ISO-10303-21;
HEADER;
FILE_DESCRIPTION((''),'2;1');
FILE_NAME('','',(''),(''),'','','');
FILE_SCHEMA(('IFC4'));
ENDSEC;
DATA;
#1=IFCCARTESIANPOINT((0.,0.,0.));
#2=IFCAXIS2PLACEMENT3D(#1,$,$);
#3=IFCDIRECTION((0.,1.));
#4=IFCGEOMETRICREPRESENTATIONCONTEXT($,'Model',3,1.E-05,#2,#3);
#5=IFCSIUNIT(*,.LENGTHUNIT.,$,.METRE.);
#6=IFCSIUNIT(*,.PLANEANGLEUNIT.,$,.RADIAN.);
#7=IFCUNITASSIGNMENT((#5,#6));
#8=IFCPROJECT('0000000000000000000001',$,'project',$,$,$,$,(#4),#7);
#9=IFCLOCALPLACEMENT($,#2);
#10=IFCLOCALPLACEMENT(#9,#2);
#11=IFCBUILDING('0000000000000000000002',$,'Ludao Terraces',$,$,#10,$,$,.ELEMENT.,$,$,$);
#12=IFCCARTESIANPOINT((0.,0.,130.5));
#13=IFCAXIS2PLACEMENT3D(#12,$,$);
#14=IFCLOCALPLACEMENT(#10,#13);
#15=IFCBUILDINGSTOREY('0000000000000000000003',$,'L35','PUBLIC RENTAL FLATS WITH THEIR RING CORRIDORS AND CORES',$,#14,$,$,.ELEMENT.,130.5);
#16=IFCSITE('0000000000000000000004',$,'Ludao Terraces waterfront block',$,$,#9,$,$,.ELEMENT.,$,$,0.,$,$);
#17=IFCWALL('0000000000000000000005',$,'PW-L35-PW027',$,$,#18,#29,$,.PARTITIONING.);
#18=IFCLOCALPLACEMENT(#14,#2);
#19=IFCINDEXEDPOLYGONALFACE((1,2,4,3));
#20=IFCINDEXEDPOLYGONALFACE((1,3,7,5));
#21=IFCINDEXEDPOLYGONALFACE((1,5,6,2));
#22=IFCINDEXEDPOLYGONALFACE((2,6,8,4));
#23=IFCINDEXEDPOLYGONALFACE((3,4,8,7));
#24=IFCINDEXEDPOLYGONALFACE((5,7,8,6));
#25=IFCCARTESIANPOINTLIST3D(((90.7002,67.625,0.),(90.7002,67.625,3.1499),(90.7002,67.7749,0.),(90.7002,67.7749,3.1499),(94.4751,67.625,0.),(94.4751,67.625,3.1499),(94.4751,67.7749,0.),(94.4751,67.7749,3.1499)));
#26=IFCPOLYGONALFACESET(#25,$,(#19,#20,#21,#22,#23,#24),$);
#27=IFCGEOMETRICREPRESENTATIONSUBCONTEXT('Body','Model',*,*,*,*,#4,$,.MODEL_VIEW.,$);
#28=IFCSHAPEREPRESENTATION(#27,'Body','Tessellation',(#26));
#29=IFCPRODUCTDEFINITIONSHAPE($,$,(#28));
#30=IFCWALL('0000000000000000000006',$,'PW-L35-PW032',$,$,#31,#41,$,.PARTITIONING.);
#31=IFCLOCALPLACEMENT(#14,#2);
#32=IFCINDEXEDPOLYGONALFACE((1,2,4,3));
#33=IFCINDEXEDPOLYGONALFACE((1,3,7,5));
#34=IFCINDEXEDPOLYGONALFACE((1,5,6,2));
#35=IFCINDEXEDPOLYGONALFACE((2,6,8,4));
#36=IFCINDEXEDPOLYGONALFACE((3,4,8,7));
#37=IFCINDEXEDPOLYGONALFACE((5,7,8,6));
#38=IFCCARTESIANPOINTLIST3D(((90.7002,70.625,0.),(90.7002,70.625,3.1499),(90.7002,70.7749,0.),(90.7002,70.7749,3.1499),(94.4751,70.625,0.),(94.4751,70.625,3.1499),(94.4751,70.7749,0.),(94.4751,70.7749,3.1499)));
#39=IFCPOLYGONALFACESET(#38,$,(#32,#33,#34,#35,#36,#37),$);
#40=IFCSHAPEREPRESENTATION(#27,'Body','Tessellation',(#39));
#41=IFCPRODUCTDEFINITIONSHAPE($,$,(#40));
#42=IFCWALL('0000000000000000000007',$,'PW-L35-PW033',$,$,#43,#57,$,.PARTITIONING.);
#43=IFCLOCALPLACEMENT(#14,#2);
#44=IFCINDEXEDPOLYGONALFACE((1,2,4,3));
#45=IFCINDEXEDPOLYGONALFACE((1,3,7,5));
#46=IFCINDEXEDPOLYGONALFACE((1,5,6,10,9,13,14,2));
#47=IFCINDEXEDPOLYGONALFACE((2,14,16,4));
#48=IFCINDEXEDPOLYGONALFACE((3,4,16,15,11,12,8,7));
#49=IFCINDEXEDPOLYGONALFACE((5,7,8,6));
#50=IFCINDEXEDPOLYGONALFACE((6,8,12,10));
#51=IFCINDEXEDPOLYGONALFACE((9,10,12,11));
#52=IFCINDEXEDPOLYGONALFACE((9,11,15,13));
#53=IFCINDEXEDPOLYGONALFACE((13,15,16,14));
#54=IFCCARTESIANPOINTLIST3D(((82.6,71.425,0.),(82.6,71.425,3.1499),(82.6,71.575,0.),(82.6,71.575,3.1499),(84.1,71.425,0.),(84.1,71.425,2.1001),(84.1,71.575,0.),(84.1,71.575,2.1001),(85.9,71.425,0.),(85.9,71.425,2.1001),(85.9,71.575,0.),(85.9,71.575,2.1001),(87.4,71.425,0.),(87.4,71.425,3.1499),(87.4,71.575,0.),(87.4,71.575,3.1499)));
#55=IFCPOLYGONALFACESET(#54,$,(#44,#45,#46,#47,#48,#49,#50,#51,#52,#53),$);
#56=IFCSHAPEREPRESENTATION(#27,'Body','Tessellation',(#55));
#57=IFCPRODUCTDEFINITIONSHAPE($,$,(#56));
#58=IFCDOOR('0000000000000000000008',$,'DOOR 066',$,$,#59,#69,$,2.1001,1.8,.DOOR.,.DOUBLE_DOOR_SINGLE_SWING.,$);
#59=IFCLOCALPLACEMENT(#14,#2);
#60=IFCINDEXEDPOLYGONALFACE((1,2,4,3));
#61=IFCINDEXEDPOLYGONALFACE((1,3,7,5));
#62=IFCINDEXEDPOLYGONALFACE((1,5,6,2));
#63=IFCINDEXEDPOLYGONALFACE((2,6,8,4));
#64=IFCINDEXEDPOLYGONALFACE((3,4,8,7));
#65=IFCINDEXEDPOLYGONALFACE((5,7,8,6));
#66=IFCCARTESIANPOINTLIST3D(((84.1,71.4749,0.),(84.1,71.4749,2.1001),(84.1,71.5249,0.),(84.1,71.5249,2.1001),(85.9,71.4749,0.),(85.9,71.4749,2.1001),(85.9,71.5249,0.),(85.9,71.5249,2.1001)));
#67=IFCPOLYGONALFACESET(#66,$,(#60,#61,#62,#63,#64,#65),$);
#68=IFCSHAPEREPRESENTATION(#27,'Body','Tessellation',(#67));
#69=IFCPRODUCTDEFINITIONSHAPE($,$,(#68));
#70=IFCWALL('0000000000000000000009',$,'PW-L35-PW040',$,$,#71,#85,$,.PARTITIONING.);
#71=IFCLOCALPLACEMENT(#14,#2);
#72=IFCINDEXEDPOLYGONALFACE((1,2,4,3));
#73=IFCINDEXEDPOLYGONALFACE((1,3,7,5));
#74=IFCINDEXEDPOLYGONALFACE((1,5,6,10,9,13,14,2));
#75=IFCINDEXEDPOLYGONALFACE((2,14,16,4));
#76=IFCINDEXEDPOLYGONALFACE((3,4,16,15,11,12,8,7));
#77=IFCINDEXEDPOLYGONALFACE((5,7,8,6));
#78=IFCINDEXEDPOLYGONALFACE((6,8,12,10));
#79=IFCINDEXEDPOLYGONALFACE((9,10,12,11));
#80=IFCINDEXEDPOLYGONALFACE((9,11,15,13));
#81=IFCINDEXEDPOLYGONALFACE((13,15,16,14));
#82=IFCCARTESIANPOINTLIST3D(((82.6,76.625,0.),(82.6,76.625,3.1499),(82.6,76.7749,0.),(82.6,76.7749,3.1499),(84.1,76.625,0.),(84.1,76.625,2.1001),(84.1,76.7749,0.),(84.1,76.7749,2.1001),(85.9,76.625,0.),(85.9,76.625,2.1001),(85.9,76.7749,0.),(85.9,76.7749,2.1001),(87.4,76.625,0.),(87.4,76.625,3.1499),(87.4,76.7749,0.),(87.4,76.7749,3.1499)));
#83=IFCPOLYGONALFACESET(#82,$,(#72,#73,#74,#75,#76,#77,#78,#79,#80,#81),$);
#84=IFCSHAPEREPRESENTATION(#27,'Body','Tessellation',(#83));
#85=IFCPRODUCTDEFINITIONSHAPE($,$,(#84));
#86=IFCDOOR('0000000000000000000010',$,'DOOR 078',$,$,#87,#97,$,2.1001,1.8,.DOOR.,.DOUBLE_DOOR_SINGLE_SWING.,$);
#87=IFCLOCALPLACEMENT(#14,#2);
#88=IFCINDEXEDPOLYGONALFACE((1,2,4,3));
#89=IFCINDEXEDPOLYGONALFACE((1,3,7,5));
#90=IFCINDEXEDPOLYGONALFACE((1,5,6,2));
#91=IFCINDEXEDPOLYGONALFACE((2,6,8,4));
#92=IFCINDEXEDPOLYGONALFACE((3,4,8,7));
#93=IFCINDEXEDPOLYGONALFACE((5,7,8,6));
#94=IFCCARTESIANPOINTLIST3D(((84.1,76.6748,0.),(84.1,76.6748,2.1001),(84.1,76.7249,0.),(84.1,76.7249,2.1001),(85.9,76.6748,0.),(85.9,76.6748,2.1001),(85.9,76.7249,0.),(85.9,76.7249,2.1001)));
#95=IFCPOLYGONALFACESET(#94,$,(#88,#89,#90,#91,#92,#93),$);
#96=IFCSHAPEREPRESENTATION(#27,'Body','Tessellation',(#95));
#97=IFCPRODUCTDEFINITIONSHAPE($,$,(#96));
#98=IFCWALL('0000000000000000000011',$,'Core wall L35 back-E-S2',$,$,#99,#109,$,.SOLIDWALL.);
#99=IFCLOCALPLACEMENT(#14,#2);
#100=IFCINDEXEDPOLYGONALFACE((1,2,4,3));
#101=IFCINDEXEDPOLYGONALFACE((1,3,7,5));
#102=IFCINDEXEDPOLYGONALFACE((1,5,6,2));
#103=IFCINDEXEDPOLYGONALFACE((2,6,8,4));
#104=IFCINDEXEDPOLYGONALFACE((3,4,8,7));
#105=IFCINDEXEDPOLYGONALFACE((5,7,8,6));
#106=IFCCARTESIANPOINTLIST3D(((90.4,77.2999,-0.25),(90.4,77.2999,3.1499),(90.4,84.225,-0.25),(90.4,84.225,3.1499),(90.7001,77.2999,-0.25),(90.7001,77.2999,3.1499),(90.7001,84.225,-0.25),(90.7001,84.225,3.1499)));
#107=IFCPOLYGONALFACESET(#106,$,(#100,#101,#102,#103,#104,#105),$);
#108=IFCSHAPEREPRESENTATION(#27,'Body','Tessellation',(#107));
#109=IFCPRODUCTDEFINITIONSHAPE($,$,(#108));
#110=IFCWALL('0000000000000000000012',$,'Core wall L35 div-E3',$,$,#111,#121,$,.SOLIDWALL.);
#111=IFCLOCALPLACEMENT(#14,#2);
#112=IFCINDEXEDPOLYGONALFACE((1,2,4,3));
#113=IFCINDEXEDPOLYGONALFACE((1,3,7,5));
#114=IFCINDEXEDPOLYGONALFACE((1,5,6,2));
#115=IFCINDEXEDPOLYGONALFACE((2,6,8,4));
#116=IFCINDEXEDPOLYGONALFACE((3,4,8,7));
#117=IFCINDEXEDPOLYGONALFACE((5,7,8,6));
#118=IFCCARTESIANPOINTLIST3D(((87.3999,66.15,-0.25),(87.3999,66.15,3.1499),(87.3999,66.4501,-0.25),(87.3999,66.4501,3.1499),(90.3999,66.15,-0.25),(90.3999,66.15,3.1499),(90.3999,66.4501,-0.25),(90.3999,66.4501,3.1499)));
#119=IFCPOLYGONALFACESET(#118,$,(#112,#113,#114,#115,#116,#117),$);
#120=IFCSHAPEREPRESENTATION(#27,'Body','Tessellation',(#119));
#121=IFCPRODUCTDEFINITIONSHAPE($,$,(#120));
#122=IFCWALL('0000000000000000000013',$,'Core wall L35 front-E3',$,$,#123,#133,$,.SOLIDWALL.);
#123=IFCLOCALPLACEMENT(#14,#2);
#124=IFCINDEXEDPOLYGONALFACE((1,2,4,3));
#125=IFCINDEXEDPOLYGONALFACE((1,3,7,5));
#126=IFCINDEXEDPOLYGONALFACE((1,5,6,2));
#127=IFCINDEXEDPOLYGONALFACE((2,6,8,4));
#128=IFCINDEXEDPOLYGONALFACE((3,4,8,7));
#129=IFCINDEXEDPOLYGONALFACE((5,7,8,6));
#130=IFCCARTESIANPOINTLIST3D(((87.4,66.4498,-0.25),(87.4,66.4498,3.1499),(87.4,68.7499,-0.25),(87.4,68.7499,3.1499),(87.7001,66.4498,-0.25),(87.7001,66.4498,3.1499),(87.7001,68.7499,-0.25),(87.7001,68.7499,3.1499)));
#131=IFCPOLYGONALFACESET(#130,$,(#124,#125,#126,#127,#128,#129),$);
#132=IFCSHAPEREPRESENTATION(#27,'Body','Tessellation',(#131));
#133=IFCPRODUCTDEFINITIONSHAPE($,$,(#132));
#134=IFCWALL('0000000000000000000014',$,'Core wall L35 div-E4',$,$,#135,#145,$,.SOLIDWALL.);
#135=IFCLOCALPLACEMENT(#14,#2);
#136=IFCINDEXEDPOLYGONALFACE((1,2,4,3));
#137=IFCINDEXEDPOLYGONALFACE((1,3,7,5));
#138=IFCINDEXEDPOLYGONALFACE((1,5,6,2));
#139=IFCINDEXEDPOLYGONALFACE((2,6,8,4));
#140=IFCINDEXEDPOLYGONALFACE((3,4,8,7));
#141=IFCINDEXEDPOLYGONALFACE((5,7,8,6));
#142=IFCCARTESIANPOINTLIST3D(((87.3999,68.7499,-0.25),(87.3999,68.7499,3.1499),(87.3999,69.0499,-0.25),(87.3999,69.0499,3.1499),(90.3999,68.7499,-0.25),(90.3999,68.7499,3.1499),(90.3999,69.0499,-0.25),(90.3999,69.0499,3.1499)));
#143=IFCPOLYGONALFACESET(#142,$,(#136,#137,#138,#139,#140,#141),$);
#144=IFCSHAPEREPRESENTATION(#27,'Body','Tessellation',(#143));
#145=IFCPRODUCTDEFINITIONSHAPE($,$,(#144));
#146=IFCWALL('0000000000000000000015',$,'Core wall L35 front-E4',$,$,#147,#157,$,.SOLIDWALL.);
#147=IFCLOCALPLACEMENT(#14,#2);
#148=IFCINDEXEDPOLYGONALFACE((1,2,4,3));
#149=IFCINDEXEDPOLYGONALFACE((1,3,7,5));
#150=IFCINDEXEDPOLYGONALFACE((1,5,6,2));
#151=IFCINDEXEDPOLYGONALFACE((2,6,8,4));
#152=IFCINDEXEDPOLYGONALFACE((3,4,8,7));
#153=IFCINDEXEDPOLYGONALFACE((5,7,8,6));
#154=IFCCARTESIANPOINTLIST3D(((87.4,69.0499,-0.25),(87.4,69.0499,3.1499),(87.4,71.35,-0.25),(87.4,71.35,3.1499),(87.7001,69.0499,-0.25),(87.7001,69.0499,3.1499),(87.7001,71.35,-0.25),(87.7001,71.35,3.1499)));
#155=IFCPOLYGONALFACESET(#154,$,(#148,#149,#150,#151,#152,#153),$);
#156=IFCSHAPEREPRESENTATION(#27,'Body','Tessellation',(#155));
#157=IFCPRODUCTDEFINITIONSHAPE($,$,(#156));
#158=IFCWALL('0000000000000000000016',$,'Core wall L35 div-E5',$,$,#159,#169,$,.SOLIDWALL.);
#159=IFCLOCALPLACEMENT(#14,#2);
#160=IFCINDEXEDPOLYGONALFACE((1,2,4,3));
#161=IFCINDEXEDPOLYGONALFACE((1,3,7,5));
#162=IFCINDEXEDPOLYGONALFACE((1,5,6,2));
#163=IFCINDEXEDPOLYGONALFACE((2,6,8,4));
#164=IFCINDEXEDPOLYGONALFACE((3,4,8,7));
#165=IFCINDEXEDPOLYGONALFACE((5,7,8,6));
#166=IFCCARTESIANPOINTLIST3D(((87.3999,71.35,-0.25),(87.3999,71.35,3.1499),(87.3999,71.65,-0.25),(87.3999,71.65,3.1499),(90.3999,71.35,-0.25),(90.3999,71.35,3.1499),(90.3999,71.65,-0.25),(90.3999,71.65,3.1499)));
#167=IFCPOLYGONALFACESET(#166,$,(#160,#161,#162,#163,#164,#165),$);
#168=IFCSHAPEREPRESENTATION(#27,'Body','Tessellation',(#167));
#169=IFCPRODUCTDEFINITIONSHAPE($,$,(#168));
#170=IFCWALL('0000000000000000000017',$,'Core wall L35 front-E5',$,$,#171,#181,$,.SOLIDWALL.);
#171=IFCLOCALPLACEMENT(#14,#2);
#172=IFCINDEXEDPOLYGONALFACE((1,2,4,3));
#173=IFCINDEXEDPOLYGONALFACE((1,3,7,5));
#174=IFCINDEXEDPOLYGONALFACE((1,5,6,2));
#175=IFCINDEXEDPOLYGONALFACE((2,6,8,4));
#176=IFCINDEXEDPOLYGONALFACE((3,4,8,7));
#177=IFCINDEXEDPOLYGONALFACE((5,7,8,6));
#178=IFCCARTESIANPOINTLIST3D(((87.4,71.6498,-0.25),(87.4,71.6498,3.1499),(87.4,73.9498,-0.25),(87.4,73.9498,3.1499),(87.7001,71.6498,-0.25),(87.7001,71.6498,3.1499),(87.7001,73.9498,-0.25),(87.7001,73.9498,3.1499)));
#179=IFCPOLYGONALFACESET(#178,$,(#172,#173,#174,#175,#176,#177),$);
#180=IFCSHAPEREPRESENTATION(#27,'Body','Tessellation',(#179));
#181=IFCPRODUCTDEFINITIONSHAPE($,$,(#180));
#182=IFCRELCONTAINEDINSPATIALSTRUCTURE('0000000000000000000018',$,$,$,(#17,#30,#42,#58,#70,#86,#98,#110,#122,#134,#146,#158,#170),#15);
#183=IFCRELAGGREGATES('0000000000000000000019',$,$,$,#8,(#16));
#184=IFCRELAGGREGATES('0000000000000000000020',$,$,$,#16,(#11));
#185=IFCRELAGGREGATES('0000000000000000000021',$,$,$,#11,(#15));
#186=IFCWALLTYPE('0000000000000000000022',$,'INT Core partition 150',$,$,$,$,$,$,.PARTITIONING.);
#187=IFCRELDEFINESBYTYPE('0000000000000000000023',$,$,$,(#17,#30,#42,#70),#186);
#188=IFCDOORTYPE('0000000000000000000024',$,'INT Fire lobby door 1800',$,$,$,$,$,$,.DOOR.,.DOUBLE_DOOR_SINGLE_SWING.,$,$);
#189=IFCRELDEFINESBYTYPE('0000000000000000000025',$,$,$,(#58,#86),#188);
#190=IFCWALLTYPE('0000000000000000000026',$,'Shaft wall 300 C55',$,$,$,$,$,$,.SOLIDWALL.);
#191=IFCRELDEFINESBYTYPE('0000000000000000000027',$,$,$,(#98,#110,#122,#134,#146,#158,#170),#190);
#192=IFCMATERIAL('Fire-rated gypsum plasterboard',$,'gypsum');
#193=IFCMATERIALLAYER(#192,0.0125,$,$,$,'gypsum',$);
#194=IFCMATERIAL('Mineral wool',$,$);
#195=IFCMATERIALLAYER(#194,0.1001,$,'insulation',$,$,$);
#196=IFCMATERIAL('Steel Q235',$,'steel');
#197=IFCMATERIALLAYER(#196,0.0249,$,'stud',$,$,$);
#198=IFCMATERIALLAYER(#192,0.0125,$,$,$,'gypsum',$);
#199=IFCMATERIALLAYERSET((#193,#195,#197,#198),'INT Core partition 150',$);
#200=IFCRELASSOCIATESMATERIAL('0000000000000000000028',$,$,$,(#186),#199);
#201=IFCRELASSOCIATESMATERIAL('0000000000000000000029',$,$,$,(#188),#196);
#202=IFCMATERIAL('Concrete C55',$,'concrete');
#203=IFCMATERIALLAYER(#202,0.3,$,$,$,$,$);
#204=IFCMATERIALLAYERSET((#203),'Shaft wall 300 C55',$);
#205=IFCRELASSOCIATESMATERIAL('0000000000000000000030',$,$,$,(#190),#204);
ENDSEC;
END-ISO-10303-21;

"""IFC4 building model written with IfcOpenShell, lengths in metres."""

from ifc_helpers import new_model, si_unit, direction, frame, frame_2d, origin, place, context, subcontext, project, spatial, rectangle, extrude, material, layer, layer_set, type_object, element, fill, save


model = new_model("IFC4")

# Units and contexts
model_context = context("Model", 3, precision=1e-05, world=origin(), true_north=direction((0.0, 1.0)))
body_context = subcontext(model_context, "Body", "Model", "MODEL_VIEW")
ifc_project = project(units=[si_unit("LENGTHUNIT", "METRE"), si_unit("PLANEANGLEUNIT", "RADIAN")], contexts=[model_context])

# Site, building, storey
site_placement = place(None, origin())
site = spatial("IfcSite", under=ifc_project, at=site_placement, Name="Ludao Terraces waterfront block", CompositionType="ELEMENT", RefElevation=0.0)
building_placement = place(site_placement, origin())
building = spatial("IfcBuilding", under=site, at=building_placement, Name="Ludao Terraces", CompositionType="ELEMENT")
storey_placement = place(building_placement, frame((0.0, 0.0, 130.5)))
storey = spatial("IfcBuildingStorey", under=building, at=storey_placement, Name="L35", Description="PUBLIC RENTAL FLATS WITH THEIR RING CORRIDORS AND CORES", CompositionType="ELEMENT", Elevation=130.5)

# Walls
ifc_material_1 = material(Name="Fire-rated gypsum plasterboard", Category="gypsum")
ifc_layer_1 = layer(ifc_material_1, 0.0125, Category="gypsum")
ifc_material_2 = material(Name="Mineral wool")
ifc_layer_2 = layer(ifc_material_2, 0.1001, Name="insulation")
ifc_material_3 = material(Name="Steel Q235", Category="steel")
ifc_layer_3 = layer(ifc_material_3, 0.0249, Name="stud")
ifc_layer_4 = layer(ifc_material_1, 0.0125, Category="gypsum")
ifc_layer_set_1 = layer_set([ifc_layer_1, ifc_layer_2, ifc_layer_3, ifc_layer_4], Name="INT Core partition 150")
wall_type_1 = type_object("IfcWallType", Name="INT Core partition 150", PredefinedType="PARTITIONING", material=ifc_layer_set_1)
for number, where, z_axis, x_axis, name in (
    (1, (90.7002, 67.7, 0.0), (0.0, 0.0, 1.0), (1.0, 0.0, 0.0), "PW-L35-PW027"),
    (2, (90.7002, 70.7, 0.0), (0.0, 0.0, 1.0), (1.0, 0.0, 0.0), "PW-L35-PW032"),
):
    element("IfcWall", number, at=place(storey_placement, frame(where, z_axis=z_axis, x_axis=x_axis)), inside=storey, type_object=wall_type_1, Name=name, PredefinedType="PARTITIONING", context=body_context, shape_type="SweptSolid", body=[
        extrude(rectangle(XDim=3.7749, YDim=0.1499, at=frame_2d((1.8875, 0.0))), origin(), (0.0, 0.0, 1.0), 3.1499),
    ])

# Walls, openings, doors
wall_1_placement = place(storey_placement, frame((82.6001, 71.5, 0.0), z_axis=(0.0, 0.0, 1.0), x_axis=(1.0, 0.0, 0.0)))
wall_1 = element("IfcWall", 3, at=wall_1_placement, inside=storey, type_object=wall_type_1, Name="PW-L35-PW033", PredefinedType="PARTITIONING", context=body_context, shape_type="SweptSolid", body=[
    extrude(rectangle(XDim=4.8, YDim=0.1499, at=frame_2d((2.3999, 0.0))), origin(), (0.0, 0.0, 1.0), 3.1499),
])
opening_1_placement = place(wall_1_placement, frame((1.5, 0.0, 0.0)))
opening_1 = element("IfcOpeningElement", 4, at=opening_1_placement, cuts=wall_1, PredefinedType="OPENING", context=body_context, shape_type="SweptSolid", body=[
    extrude(rectangle(XDim=1.8, YDim=2.1001, at=frame_2d((0.8999, 1.05))), frame((0.0, 0.085, 0.0), z_axis=(0.0, -1.0, 0.0), x_axis=(1.0, 0.0, 0.0)), (0.0, 0.0, 1.0), 0.1699),
])
door_type = type_object("IfcDoorType", Name="INT Fire lobby door 1800", OperationType="DOUBLE_DOOR_SINGLE_SWING", PredefinedType="DOOR", material=ifc_material_3)
door_1_placement = place(opening_1_placement, origin())
door_1 = element("IfcDoor", 5, at=door_1_placement, inside=storey, type_object=door_type, Name="DOOR 066", OperationType="DOUBLE_DOOR_SINGLE_SWING", OverallHeight=2.1001, OverallWidth=1.8, PredefinedType="DOOR", context=body_context, shape_type="SweptSolid", body=[
    extrude(rectangle(XDim=1.8, YDim=2.1001, at=frame_2d((0.8999, 1.05))), frame((0.0, 0.0249, 0.0), z_axis=(0.0, -1.0, 0.0), x_axis=(1.0, 0.0, 0.0)), (0.0, 0.0, 1.0), 0.05),
])
fill(opening_1, door_1)
wall_2_placement = place(storey_placement, frame((82.6001, 76.7, 0.0), z_axis=(0.0, 0.0, 1.0), x_axis=(1.0, 0.0, 0.0)))
wall_2 = element("IfcWall", 6, at=wall_2_placement, inside=storey, type_object=wall_type_1, Name="PW-L35-PW040", PredefinedType="PARTITIONING", context=body_context, shape_type="SweptSolid", body=[
    extrude(rectangle(XDim=4.8, YDim=0.1499, at=frame_2d((2.3999, 0.0))), origin(), (0.0, 0.0, 1.0), 3.1499),
])
opening_2_placement = place(wall_2_placement, frame((1.5, 0.0, 0.0)))
opening_2 = element("IfcOpeningElement", 7, at=opening_2_placement, cuts=wall_2, PredefinedType="OPENING", context=body_context, shape_type="SweptSolid", body=[
    extrude(rectangle(XDim=1.8, YDim=2.1001, at=frame_2d((0.8999, 1.05))), frame((0.0, 0.085, 0.0), z_axis=(0.0, -1.0, 0.0), x_axis=(1.0, 0.0, 0.0)), (0.0, 0.0, 1.0), 0.1699),
])
door_2_placement = place(opening_2_placement, origin())
door_2 = element("IfcDoor", 8, at=door_2_placement, inside=storey, type_object=door_type, Name="DOOR 078", OperationType="DOUBLE_DOOR_SINGLE_SWING", OverallHeight=2.1001, OverallWidth=1.8, PredefinedType="DOOR", context=body_context, shape_type="SweptSolid", body=[
    extrude(rectangle(XDim=1.8, YDim=2.1001, at=frame_2d((0.8999, 1.05))), frame((0.0, 0.0249, 0.0), z_axis=(0.0, -1.0, 0.0), x_axis=(1.0, 0.0, 0.0)), (0.0, 0.0, 1.0), 0.05),
])
fill(opening_2, door_2)

# Walls
ifc_material_4 = material(Name="Concrete C55", Category="concrete")
ifc_layer_5 = layer(ifc_material_4, 0.3)
ifc_layer_set_2 = layer_set([ifc_layer_5], Name="Shaft wall 300 C55")
wall_type_2 = type_object("IfcWallType", Name="Shaft wall 300 C55", PredefinedType="SOLIDWALL", material=ifc_layer_set_2)
wall_3_placement = place(storey_placement, frame((90.55, 77.3, -0.25), z_axis=(0.0, 0.0, 1.0), x_axis=(0.0, 1.0, 0.0)))
element("IfcWall", 9, at=wall_3_placement, inside=storey, type_object=wall_type_2, Name="Core wall L35 back-E-S2", PredefinedType="SOLIDWALL", context=body_context, shape_type="SweptSolid", body=[
    extrude(rectangle(XDim=6.925, YDim=0.3, at=frame_2d((3.4624, 0.0))), origin(), (0.0, 0.0, 1.0), 3.3999),
])
wall_4_placement = place(storey_placement, frame((87.3999, 66.3, -0.25), z_axis=(0.0, 0.0, 1.0), x_axis=(1.0, 0.0, 0.0)))
element("IfcWall", 10, at=wall_4_placement, inside=storey, type_object=wall_type_2, Name="Core wall L35 div-E3", PredefinedType="SOLIDWALL", context=body_context, shape_type="SweptSolid", body=[
    extrude(rectangle(XDim=3.0, YDim=0.3, at=frame_2d((1.5, 0.0))), origin(), (0.0, 0.0, 1.0), 3.3999),
])
wall_5_placement = place(storey_placement, frame((87.55, 66.45, -0.25), z_axis=(0.0, 0.0, 1.0), x_axis=(0.0, 1.0, 0.0)))
element("IfcWall", 11, at=wall_5_placement, inside=storey, type_object=wall_type_2, Name="Core wall L35 front-E3", PredefinedType="SOLIDWALL", context=body_context, shape_type="SweptSolid", body=[
    extrude(rectangle(XDim=2.3, YDim=0.3, at=frame_2d((1.1499, 0.0))), origin(), (0.0, 0.0, 1.0), 3.3999),
])
wall_6_placement = place(storey_placement, frame((87.3999, 68.8999, -0.25), z_axis=(0.0, 0.0, 1.0), x_axis=(1.0, 0.0, 0.0)))
element("IfcWall", 12, at=wall_6_placement, inside=storey, type_object=wall_type_2, Name="Core wall L35 div-E4", PredefinedType="SOLIDWALL", context=body_context, shape_type="SweptSolid", body=[
    extrude(rectangle(XDim=3.0, YDim=0.3, at=frame_2d((1.5, 0.0))), origin(), (0.0, 0.0, 1.0), 3.3999),
])
wall_7_placement = place(storey_placement, frame((87.55, 69.05, -0.25), z_axis=(0.0, 0.0, 1.0), x_axis=(0.0, 1.0, 0.0)))
element("IfcWall", 13, at=wall_7_placement, inside=storey, type_object=wall_type_2, Name="Core wall L35 front-E4", PredefinedType="SOLIDWALL", context=body_context, shape_type="SweptSolid", body=[
    extrude(rectangle(XDim=2.3, YDim=0.3, at=frame_2d((1.1499, 0.0))), origin(), (0.0, 0.0, 1.0), 3.3999),
])
wall_8_placement = place(storey_placement, frame((87.3999, 71.5, -0.25), z_axis=(0.0, 0.0, 1.0), x_axis=(1.0, 0.0, 0.0)))
element("IfcWall", 14, at=wall_8_placement, inside=storey, type_object=wall_type_2, Name="Core wall L35 div-E5", PredefinedType="SOLIDWALL", context=body_context, shape_type="SweptSolid", body=[
    extrude(rectangle(XDim=3.0, YDim=0.3, at=frame_2d((1.5, 0.0))), origin(), (0.0, 0.0, 1.0), 3.3999),
])
wall_9_placement = place(storey_placement, frame((87.55, 71.6499, -0.25), z_axis=(0.0, 0.0, 1.0), x_axis=(0.0, 1.0, 0.0)))
element("IfcWall", 15, at=wall_9_placement, inside=storey, type_object=wall_type_2, Name="Core wall L35 front-E5", PredefinedType="SOLIDWALL", context=body_context, shape_type="SweptSolid", body=[
    extrude(rectangle(XDim=2.3, YDim=0.3, at=frame_2d((1.1499, 0.0))), origin(), (0.0, 0.0, 1.0), 3.3999),
])

save(model, "model.ifc")
